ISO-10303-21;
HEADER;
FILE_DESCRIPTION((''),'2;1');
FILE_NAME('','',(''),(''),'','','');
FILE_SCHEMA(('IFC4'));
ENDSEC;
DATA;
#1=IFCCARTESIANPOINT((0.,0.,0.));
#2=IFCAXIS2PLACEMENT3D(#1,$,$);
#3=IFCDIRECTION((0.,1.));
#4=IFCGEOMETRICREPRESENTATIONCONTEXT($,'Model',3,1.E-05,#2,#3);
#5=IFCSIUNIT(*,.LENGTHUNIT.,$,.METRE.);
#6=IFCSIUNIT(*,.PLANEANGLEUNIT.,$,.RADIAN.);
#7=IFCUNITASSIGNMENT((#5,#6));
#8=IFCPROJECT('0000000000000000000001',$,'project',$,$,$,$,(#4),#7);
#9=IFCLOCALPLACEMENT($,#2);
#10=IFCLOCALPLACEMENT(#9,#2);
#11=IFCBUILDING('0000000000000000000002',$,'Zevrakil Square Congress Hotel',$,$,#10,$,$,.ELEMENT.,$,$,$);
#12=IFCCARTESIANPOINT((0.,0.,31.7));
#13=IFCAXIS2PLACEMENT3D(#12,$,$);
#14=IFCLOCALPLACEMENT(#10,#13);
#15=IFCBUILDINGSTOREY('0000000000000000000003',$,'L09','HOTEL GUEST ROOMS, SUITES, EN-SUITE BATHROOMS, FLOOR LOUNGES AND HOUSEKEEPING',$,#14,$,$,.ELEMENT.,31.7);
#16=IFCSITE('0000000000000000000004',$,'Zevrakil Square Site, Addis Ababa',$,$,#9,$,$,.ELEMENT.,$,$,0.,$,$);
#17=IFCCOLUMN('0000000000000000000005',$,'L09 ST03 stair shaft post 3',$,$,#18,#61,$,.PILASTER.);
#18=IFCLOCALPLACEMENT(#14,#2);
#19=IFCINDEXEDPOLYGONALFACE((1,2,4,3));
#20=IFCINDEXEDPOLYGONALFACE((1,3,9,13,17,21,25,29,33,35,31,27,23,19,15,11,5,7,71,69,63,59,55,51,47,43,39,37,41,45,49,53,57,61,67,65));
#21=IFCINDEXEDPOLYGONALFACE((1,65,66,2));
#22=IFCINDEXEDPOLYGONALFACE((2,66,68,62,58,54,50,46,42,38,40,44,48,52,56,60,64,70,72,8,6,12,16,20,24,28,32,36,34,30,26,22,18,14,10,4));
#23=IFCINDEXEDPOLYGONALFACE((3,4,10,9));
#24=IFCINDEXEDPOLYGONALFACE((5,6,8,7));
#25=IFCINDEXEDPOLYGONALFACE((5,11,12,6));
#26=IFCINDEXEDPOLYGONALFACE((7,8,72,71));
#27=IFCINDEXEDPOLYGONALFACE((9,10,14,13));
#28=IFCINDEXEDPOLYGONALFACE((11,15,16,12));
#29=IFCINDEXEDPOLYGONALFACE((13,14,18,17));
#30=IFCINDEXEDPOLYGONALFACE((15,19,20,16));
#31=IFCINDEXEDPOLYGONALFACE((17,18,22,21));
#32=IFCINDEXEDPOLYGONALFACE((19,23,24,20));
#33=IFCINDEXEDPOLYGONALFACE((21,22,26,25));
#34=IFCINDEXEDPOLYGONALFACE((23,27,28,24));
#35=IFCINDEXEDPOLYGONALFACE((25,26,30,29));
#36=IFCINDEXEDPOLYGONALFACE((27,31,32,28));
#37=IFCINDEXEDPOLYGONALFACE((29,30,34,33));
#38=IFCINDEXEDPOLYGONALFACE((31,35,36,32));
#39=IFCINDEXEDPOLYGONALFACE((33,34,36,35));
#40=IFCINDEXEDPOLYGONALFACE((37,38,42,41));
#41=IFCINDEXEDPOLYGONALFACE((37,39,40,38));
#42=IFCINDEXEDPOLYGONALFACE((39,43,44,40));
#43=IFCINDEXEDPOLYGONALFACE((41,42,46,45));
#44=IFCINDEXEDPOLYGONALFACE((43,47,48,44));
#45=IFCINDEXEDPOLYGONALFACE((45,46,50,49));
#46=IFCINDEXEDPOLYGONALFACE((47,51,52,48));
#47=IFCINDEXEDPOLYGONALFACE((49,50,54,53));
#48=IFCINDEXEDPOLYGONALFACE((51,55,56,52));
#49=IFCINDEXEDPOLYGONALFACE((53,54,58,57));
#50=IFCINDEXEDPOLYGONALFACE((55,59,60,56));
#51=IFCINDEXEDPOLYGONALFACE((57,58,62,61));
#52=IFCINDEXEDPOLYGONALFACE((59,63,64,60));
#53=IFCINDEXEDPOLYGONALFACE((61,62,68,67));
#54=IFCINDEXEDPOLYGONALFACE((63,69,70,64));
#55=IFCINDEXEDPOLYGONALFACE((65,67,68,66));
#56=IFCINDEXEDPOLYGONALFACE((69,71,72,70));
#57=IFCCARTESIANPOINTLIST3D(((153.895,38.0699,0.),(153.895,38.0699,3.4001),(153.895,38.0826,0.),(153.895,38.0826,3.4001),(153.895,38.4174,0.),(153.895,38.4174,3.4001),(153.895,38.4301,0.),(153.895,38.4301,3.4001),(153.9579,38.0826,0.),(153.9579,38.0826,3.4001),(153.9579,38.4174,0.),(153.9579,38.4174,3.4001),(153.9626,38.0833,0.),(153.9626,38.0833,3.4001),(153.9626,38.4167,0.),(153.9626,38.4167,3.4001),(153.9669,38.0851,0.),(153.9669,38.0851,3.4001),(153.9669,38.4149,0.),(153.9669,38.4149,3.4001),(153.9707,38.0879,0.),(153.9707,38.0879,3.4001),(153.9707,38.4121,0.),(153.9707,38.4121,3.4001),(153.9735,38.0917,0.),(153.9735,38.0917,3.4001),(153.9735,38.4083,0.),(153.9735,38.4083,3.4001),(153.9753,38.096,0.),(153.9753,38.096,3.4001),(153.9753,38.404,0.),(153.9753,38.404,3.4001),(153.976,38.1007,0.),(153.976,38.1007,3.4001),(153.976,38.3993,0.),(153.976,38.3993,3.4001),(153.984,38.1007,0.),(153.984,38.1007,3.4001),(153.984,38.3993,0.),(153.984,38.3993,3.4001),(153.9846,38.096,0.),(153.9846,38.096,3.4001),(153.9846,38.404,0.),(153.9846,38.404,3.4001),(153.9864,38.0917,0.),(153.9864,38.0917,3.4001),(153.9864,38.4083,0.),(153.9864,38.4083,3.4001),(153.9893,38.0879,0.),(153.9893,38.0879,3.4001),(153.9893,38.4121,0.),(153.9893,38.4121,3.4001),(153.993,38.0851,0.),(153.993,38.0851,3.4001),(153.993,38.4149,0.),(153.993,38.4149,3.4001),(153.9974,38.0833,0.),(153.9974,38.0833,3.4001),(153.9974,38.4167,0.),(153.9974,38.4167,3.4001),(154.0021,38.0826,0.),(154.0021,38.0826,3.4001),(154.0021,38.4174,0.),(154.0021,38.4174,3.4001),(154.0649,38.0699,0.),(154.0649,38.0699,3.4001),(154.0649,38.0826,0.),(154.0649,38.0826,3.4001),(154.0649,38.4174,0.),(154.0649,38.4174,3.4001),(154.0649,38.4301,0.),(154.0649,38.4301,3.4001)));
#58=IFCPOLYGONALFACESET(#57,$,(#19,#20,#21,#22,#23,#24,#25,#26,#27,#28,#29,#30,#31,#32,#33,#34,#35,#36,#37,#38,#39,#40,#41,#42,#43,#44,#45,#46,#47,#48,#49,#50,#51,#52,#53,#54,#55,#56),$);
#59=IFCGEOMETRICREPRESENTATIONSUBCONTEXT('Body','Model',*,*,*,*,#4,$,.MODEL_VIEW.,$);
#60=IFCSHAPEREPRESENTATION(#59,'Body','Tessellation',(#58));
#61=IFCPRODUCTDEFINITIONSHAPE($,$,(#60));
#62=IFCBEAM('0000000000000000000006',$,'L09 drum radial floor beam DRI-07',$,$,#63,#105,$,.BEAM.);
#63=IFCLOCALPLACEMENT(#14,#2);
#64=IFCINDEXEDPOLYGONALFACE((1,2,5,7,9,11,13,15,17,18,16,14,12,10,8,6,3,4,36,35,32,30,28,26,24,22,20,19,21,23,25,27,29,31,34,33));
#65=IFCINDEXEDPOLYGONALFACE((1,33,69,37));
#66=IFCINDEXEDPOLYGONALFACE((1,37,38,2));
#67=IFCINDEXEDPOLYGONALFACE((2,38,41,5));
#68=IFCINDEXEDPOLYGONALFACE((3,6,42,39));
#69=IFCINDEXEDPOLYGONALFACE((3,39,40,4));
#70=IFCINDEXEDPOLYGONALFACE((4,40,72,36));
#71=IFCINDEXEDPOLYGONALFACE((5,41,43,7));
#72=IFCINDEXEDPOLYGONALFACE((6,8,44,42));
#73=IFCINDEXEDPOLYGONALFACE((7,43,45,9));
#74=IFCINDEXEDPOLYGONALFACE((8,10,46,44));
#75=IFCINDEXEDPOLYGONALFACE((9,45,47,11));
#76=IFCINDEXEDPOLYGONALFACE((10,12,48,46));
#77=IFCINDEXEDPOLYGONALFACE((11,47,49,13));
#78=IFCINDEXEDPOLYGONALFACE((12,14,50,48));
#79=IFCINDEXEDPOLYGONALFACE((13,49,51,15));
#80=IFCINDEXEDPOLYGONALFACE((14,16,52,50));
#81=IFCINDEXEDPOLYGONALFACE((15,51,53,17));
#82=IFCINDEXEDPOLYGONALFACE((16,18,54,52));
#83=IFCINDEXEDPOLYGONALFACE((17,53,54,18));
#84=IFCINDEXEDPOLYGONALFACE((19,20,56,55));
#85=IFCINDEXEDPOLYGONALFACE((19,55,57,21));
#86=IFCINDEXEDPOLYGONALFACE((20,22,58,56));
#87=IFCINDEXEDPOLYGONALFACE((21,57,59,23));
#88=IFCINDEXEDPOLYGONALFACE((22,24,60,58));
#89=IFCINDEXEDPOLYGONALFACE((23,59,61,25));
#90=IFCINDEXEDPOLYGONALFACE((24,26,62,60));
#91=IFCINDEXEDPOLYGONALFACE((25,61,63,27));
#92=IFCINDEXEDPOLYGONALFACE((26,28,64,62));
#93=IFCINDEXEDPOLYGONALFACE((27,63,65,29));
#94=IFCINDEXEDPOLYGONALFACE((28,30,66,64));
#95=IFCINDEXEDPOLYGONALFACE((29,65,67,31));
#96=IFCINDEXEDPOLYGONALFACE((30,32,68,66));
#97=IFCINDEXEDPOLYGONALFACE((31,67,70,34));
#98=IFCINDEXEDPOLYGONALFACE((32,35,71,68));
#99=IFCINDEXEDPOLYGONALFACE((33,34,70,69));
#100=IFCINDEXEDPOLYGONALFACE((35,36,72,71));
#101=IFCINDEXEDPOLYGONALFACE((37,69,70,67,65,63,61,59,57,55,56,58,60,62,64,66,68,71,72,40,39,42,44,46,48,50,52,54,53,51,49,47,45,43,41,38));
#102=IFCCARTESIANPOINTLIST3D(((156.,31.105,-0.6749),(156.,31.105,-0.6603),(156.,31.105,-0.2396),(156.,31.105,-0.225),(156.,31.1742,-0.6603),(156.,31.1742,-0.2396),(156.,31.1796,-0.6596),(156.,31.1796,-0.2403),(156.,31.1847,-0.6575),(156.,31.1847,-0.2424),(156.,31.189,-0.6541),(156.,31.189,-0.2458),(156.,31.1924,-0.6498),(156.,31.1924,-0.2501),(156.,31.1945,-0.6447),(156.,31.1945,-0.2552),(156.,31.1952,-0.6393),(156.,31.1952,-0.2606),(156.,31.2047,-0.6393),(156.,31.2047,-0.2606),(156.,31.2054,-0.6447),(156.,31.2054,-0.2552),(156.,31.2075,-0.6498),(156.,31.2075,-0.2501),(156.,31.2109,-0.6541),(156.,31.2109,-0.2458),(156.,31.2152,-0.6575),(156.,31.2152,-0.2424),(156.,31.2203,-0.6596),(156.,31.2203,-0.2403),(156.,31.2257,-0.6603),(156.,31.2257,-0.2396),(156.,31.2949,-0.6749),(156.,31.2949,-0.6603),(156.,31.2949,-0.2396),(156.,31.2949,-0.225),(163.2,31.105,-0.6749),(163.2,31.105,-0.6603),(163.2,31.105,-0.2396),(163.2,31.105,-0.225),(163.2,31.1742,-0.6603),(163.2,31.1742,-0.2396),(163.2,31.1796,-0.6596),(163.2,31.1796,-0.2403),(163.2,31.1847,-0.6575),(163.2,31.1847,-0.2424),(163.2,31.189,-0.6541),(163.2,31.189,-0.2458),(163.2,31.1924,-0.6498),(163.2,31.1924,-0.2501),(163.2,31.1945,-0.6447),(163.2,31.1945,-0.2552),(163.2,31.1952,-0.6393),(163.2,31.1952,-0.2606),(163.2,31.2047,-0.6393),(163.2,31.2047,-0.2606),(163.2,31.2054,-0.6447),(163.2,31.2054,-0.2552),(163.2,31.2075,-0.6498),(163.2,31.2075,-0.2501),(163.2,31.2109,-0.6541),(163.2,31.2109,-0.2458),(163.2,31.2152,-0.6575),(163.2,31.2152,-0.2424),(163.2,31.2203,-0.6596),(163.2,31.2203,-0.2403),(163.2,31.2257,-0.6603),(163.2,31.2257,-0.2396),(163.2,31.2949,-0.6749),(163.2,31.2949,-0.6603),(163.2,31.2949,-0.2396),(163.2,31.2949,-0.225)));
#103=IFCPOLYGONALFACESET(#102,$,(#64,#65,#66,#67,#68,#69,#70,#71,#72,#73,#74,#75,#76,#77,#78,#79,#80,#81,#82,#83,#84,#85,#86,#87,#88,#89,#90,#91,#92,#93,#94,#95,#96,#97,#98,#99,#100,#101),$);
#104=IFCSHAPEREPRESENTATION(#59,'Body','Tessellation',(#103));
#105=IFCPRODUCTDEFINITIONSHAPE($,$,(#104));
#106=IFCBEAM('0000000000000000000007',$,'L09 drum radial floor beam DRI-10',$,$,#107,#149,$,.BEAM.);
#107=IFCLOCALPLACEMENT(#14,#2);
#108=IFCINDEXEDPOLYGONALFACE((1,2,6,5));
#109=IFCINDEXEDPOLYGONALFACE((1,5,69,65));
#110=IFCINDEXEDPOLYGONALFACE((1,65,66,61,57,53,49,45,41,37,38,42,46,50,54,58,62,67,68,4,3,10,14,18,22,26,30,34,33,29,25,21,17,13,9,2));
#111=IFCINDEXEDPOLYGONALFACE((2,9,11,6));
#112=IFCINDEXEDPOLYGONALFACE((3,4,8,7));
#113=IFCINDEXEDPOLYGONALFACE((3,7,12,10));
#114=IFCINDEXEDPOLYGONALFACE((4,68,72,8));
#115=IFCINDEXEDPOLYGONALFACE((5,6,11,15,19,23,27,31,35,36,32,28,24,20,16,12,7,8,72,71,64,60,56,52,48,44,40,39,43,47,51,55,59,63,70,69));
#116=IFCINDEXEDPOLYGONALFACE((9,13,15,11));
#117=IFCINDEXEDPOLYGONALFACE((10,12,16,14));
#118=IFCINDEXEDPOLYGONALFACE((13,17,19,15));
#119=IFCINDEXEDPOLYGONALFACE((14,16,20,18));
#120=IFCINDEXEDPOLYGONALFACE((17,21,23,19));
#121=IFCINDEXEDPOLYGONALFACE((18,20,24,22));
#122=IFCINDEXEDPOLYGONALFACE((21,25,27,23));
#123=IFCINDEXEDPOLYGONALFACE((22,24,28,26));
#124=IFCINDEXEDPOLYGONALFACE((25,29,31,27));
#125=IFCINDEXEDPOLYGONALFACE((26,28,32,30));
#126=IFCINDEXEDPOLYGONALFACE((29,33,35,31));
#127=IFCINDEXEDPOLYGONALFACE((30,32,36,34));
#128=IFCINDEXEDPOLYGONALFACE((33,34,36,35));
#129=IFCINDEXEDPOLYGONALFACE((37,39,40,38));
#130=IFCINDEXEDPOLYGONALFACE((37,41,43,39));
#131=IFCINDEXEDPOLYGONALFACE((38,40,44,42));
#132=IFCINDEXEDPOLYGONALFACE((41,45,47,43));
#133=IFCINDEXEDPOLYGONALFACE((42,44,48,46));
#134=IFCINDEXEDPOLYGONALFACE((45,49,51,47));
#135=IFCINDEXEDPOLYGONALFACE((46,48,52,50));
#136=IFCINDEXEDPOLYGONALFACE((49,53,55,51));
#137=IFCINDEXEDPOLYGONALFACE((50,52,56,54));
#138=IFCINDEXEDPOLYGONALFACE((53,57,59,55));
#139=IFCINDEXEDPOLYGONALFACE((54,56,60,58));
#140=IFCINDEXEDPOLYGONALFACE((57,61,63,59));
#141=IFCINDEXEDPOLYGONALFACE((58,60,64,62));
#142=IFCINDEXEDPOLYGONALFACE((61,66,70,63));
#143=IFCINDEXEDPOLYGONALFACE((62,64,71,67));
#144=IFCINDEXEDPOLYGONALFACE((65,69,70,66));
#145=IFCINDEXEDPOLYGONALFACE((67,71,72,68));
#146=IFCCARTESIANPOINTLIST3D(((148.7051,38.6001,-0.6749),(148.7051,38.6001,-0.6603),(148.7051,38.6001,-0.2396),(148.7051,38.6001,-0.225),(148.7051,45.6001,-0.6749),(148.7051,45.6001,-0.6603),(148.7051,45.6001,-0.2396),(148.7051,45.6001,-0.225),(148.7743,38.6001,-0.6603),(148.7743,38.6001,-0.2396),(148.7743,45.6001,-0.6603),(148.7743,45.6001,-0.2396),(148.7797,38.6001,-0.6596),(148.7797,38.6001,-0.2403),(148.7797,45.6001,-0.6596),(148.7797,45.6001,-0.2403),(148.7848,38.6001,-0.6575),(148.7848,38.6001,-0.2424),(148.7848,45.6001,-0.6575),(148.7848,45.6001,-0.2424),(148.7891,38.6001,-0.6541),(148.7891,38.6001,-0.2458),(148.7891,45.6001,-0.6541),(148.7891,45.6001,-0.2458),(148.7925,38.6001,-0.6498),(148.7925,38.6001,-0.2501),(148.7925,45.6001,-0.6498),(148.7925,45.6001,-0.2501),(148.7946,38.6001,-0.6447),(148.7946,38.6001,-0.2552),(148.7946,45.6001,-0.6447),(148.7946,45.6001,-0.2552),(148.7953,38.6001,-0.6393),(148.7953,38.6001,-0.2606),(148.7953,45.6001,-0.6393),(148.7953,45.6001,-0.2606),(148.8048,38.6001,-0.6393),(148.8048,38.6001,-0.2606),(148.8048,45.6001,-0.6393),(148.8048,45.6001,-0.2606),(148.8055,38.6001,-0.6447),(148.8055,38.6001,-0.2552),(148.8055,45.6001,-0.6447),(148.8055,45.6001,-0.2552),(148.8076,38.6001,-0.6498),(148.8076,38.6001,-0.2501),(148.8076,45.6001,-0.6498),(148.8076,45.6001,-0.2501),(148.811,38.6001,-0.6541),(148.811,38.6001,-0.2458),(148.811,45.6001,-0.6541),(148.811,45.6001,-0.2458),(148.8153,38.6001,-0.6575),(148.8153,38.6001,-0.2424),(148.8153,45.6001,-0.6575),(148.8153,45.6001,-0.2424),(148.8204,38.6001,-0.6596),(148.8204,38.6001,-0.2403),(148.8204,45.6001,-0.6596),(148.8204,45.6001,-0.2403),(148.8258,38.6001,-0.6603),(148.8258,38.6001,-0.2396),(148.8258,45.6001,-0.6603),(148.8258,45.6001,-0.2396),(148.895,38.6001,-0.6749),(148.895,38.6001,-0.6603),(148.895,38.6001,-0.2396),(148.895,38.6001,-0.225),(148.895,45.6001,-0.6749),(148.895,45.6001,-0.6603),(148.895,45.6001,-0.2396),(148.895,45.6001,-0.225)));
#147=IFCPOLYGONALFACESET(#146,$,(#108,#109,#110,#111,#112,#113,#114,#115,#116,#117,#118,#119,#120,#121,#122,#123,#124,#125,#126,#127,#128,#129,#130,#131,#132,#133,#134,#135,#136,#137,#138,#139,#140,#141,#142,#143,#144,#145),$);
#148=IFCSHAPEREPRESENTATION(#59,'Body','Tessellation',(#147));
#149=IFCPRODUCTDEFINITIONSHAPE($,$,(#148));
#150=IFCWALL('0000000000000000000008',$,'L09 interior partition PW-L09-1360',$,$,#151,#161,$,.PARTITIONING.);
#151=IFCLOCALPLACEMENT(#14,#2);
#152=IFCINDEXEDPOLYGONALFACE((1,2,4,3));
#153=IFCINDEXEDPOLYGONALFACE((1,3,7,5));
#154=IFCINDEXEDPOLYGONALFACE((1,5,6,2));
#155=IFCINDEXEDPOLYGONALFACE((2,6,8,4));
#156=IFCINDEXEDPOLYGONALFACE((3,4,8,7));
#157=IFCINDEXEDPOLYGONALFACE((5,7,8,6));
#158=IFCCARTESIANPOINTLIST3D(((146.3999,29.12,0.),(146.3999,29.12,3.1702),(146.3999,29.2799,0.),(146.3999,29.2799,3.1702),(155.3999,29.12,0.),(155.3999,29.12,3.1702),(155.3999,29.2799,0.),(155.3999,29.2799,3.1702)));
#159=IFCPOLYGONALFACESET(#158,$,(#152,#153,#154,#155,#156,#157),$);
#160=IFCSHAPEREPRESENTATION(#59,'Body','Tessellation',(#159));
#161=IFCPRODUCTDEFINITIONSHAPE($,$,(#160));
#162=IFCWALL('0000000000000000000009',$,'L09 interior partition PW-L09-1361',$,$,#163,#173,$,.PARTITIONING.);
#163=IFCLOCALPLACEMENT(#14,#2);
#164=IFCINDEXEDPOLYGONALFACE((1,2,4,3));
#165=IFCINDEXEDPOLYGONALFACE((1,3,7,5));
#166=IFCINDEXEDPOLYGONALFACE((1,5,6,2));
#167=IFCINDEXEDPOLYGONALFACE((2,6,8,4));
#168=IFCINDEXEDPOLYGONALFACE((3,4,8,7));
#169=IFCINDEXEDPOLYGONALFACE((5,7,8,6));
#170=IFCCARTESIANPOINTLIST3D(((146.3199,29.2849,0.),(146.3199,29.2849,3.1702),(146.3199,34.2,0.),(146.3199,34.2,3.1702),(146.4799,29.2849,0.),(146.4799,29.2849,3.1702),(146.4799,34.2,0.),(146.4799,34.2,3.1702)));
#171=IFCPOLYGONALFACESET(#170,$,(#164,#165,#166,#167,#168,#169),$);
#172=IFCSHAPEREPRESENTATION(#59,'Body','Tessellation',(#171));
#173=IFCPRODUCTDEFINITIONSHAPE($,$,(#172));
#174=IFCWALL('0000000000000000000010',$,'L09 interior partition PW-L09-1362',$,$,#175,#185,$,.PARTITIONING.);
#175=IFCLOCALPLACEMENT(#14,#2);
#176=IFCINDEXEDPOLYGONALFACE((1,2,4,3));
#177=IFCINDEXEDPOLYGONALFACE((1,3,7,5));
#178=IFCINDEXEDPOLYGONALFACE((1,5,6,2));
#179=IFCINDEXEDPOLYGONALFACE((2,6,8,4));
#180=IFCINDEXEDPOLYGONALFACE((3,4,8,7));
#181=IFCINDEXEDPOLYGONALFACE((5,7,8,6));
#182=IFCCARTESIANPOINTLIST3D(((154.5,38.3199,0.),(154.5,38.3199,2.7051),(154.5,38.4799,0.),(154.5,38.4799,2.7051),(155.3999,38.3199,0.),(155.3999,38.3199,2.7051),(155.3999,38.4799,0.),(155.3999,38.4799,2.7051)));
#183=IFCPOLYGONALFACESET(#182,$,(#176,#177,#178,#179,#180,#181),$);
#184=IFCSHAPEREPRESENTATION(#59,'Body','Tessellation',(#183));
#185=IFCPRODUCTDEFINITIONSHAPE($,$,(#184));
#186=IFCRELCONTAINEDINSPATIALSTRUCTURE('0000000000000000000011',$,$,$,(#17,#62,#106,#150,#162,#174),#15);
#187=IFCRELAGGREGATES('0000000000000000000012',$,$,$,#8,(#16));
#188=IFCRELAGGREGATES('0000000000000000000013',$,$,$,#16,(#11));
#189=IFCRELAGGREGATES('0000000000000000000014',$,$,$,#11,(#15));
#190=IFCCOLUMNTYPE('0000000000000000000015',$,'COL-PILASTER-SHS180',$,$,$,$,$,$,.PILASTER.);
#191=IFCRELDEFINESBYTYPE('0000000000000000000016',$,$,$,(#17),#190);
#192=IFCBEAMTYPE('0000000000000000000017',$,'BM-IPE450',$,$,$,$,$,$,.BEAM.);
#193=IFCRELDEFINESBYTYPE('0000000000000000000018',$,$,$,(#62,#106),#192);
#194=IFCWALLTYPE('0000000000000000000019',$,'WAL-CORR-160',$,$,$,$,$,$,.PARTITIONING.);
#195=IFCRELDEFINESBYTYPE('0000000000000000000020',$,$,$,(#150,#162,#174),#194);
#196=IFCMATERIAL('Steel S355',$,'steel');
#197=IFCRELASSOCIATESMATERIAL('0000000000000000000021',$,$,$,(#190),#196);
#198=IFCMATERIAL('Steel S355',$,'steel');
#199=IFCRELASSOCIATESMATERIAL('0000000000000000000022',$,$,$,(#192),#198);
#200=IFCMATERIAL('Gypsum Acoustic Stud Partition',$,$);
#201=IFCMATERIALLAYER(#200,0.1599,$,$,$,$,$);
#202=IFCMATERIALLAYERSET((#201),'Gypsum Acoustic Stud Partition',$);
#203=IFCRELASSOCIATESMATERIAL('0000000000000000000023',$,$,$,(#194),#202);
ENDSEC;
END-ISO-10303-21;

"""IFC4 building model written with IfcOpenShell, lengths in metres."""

from ifc_helpers import new_model, si_unit, direction, frame, frame_2d, origin, origin_2d, place, context, subcontext, project, spatial, rectangle, i_section, extrude, material, layer, layer_set, material_profile, profile_set, type_object, element, save


model = new_model("IFC4")

# Units and contexts
model_context = context("Model", 3, precision=1e-05, world=origin(), true_north=direction((0.0, 1.0)))
body_context = subcontext(model_context, "Body", "Model", "MODEL_VIEW")
ifc_project = project(units=[si_unit("LENGTHUNIT", "METRE"), si_unit("PLANEANGLEUNIT", "RADIAN")], contexts=[model_context])

# Site, building, storey
site_placement = place(None, origin())
site = spatial("IfcSite", under=ifc_project, at=site_placement, Name="Zevrakil Square Site, Addis Ababa", CompositionType="ELEMENT", RefElevation=0.0)
building_placement = place(site_placement, origin())
building = spatial("IfcBuilding", under=site, at=building_placement, Name="Zevrakil Square Congress Hotel", CompositionType="ELEMENT")
storey_placement = place(building_placement, frame((0.0, 0.0, 31.7)))
storey = spatial("IfcBuildingStorey", under=building, at=storey_placement, Name="L09", Description="HOTEL GUEST ROOMS, SUITES, EN-SUITE BATHROOMS, FLOOR LOUNGES AND HOUSEKEEPING", CompositionType="ELEMENT", Elevation=31.7)

# Column
ifc_material_1 = material(Name="Steel S355", Category="steel")
ifc_material_profile_1 = material_profile(ifc_material_1, i_section(OverallWidth=0.1699, OverallDepth=0.3601, WebThickness=0.0081, FlangeThickness=0.0127, FilletRadius=0.0181, at=origin_2d()), Name="IPE 360")
ifc_profile_set_1 = profile_set([ifc_material_profile_1], Name="Steel S355")
column_type = type_object("IfcColumnType", Name="COL-PILASTER-SHS180", PredefinedType="PILASTER", material=ifc_profile_set_1)
for number, where, z_axis, x_axis, name in (
    (1, (153.98, 38.25, 0.0), (0.0, 0.0, 1.0), (1.0, 0.0, 0.0), "L09 ST03 stair shaft post 3"),
):
    element("IfcColumn", number, at=place(storey_placement, frame(where, z_axis=z_axis, x_axis=x_axis)), inside=storey, type_object=column_type, Name=name, PredefinedType="PILASTER", context=body_context, shape_type="SweptSolid", body=[
        extrude(i_section(OverallWidth=0.1699, OverallDepth=0.3601, WebThickness=0.0081, FlangeThickness=0.0127, FilletRadius=0.0181, at=origin_2d()), origin(), (0.0, 0.0, 1.0), 3.4001),
    ])

# Beams
ifc_material_2 = material(Name="Steel S355", Category="steel")
ifc_material_profile_2 = material_profile(ifc_material_2, i_section(OverallWidth=0.1899, OverallDepth=0.45, WebThickness=0.0095, FlangeThickness=0.0146, FilletRadius=0.021, at=origin_2d()), Name="IPE 450")
ifc_profile_set_2 = profile_set([ifc_material_profile_2], Name="Steel S355")
beam_type = type_object("IfcBeamType", Name="BM-IPE450", PredefinedType="BEAM", material=ifc_profile_set_2)
beam_1_placement = place(storey_placement, frame((156.0, 31.2, -0.45), z_axis=(1.0, 0.0, 0.0), x_axis=(0.0, 1.0, 0.0)))
element("IfcBeam", 2, at=beam_1_placement, inside=storey, type_object=beam_type, Name="L09 drum radial floor beam DRI-07", PredefinedType="BEAM", context=body_context, shape_type="SweptSolid", body=[
    extrude(i_section(OverallWidth=0.1899, OverallDepth=0.45, WebThickness=0.0095, FlangeThickness=0.0146, FilletRadius=0.021, at=origin_2d()), origin(), (0.0, 0.0, 1.0), 7.2),
])
beam_2_placement = place(storey_placement, frame((148.8, 38.6001, -0.45), z_axis=(0.0, 1.0, 0.0), x_axis=(-1.0, 0.0, 0.0)))
element("IfcBeam", 3, at=beam_2_placement, inside=storey, type_object=beam_type, Name="L09 drum radial floor beam DRI-10", PredefinedType="BEAM", context=body_context, shape_type="SweptSolid", body=[
    extrude(i_section(OverallWidth=0.1899, OverallDepth=0.45, WebThickness=0.0095, FlangeThickness=0.0146, FilletRadius=0.021, at=origin_2d()), origin(), (0.0, 0.0, 1.0), 7.0),
])

# Walls
ifc_material_3 = material(Name="Gypsum Acoustic Stud Partition")
ifc_layer_1 = layer(ifc_material_3, 0.1599)
ifc_layer_set_1 = layer_set([ifc_layer_1], Name="Gypsum Acoustic Stud Partition")
wall_type_1 = type_object("IfcWallType", Name="WAL-CORR-160", PredefinedType="PARTITIONING", material=ifc_layer_set_1)
wall_1_placement = place(storey_placement, frame((146.3999, 29.2, 0.0), z_axis=(0.0, 0.0, 1.0), x_axis=(1.0, 0.0, 0.0)))
element("IfcWall", 4, at=wall_1_placement, inside=storey, type_object=wall_type_1, Name="L09 interior partition PW-L09-1360", PredefinedType="PARTITIONING", context=body_context, shape_type="SweptSolid", body=[
    extrude(rectangle(XDim=9.0, YDim=0.1599, at=frame_2d((4.5, 0.0))), origin(), (0.0, 0.0, 1.0), 3.1702),
])
wall_2_placement = place(storey_placement, frame((146.3999, 29.2849, 0.0), z_axis=(0.0, 0.0, 1.0), x_axis=(0.0, 1.0, 0.0)))
element("IfcWall", 5, at=wall_2_placement, inside=storey, type_object=wall_type_1, Name="L09 interior partition PW-L09-1361", PredefinedType="PARTITIONING", context=body_context, shape_type="SweptSolid", body=[
    extrude(rectangle(XDim=4.915, YDim=0.1599, at=frame_2d((2.4575, 0.0))), origin(), (0.0, 0.0, 1.0), 3.1702),
])
wall_3_placement = place(storey_placement, frame((154.5, 38.3999, 0.0), z_axis=(0.0, 0.0, 1.0), x_axis=(1.0, 0.0, 0.0)))
element("IfcWall", 6, at=wall_3_placement, inside=storey, type_object=wall_type_1, Name="L09 interior partition PW-L09-1362", PredefinedType="PARTITIONING", context=body_context, shape_type="SweptSolid", body=[
    extrude(rectangle(XDim=0.8999, YDim=0.1599, at=frame_2d((0.45, 0.0))), origin(), (0.0, 0.0, 1.0), 2.7051),
])

save(model, "model.ifc")
